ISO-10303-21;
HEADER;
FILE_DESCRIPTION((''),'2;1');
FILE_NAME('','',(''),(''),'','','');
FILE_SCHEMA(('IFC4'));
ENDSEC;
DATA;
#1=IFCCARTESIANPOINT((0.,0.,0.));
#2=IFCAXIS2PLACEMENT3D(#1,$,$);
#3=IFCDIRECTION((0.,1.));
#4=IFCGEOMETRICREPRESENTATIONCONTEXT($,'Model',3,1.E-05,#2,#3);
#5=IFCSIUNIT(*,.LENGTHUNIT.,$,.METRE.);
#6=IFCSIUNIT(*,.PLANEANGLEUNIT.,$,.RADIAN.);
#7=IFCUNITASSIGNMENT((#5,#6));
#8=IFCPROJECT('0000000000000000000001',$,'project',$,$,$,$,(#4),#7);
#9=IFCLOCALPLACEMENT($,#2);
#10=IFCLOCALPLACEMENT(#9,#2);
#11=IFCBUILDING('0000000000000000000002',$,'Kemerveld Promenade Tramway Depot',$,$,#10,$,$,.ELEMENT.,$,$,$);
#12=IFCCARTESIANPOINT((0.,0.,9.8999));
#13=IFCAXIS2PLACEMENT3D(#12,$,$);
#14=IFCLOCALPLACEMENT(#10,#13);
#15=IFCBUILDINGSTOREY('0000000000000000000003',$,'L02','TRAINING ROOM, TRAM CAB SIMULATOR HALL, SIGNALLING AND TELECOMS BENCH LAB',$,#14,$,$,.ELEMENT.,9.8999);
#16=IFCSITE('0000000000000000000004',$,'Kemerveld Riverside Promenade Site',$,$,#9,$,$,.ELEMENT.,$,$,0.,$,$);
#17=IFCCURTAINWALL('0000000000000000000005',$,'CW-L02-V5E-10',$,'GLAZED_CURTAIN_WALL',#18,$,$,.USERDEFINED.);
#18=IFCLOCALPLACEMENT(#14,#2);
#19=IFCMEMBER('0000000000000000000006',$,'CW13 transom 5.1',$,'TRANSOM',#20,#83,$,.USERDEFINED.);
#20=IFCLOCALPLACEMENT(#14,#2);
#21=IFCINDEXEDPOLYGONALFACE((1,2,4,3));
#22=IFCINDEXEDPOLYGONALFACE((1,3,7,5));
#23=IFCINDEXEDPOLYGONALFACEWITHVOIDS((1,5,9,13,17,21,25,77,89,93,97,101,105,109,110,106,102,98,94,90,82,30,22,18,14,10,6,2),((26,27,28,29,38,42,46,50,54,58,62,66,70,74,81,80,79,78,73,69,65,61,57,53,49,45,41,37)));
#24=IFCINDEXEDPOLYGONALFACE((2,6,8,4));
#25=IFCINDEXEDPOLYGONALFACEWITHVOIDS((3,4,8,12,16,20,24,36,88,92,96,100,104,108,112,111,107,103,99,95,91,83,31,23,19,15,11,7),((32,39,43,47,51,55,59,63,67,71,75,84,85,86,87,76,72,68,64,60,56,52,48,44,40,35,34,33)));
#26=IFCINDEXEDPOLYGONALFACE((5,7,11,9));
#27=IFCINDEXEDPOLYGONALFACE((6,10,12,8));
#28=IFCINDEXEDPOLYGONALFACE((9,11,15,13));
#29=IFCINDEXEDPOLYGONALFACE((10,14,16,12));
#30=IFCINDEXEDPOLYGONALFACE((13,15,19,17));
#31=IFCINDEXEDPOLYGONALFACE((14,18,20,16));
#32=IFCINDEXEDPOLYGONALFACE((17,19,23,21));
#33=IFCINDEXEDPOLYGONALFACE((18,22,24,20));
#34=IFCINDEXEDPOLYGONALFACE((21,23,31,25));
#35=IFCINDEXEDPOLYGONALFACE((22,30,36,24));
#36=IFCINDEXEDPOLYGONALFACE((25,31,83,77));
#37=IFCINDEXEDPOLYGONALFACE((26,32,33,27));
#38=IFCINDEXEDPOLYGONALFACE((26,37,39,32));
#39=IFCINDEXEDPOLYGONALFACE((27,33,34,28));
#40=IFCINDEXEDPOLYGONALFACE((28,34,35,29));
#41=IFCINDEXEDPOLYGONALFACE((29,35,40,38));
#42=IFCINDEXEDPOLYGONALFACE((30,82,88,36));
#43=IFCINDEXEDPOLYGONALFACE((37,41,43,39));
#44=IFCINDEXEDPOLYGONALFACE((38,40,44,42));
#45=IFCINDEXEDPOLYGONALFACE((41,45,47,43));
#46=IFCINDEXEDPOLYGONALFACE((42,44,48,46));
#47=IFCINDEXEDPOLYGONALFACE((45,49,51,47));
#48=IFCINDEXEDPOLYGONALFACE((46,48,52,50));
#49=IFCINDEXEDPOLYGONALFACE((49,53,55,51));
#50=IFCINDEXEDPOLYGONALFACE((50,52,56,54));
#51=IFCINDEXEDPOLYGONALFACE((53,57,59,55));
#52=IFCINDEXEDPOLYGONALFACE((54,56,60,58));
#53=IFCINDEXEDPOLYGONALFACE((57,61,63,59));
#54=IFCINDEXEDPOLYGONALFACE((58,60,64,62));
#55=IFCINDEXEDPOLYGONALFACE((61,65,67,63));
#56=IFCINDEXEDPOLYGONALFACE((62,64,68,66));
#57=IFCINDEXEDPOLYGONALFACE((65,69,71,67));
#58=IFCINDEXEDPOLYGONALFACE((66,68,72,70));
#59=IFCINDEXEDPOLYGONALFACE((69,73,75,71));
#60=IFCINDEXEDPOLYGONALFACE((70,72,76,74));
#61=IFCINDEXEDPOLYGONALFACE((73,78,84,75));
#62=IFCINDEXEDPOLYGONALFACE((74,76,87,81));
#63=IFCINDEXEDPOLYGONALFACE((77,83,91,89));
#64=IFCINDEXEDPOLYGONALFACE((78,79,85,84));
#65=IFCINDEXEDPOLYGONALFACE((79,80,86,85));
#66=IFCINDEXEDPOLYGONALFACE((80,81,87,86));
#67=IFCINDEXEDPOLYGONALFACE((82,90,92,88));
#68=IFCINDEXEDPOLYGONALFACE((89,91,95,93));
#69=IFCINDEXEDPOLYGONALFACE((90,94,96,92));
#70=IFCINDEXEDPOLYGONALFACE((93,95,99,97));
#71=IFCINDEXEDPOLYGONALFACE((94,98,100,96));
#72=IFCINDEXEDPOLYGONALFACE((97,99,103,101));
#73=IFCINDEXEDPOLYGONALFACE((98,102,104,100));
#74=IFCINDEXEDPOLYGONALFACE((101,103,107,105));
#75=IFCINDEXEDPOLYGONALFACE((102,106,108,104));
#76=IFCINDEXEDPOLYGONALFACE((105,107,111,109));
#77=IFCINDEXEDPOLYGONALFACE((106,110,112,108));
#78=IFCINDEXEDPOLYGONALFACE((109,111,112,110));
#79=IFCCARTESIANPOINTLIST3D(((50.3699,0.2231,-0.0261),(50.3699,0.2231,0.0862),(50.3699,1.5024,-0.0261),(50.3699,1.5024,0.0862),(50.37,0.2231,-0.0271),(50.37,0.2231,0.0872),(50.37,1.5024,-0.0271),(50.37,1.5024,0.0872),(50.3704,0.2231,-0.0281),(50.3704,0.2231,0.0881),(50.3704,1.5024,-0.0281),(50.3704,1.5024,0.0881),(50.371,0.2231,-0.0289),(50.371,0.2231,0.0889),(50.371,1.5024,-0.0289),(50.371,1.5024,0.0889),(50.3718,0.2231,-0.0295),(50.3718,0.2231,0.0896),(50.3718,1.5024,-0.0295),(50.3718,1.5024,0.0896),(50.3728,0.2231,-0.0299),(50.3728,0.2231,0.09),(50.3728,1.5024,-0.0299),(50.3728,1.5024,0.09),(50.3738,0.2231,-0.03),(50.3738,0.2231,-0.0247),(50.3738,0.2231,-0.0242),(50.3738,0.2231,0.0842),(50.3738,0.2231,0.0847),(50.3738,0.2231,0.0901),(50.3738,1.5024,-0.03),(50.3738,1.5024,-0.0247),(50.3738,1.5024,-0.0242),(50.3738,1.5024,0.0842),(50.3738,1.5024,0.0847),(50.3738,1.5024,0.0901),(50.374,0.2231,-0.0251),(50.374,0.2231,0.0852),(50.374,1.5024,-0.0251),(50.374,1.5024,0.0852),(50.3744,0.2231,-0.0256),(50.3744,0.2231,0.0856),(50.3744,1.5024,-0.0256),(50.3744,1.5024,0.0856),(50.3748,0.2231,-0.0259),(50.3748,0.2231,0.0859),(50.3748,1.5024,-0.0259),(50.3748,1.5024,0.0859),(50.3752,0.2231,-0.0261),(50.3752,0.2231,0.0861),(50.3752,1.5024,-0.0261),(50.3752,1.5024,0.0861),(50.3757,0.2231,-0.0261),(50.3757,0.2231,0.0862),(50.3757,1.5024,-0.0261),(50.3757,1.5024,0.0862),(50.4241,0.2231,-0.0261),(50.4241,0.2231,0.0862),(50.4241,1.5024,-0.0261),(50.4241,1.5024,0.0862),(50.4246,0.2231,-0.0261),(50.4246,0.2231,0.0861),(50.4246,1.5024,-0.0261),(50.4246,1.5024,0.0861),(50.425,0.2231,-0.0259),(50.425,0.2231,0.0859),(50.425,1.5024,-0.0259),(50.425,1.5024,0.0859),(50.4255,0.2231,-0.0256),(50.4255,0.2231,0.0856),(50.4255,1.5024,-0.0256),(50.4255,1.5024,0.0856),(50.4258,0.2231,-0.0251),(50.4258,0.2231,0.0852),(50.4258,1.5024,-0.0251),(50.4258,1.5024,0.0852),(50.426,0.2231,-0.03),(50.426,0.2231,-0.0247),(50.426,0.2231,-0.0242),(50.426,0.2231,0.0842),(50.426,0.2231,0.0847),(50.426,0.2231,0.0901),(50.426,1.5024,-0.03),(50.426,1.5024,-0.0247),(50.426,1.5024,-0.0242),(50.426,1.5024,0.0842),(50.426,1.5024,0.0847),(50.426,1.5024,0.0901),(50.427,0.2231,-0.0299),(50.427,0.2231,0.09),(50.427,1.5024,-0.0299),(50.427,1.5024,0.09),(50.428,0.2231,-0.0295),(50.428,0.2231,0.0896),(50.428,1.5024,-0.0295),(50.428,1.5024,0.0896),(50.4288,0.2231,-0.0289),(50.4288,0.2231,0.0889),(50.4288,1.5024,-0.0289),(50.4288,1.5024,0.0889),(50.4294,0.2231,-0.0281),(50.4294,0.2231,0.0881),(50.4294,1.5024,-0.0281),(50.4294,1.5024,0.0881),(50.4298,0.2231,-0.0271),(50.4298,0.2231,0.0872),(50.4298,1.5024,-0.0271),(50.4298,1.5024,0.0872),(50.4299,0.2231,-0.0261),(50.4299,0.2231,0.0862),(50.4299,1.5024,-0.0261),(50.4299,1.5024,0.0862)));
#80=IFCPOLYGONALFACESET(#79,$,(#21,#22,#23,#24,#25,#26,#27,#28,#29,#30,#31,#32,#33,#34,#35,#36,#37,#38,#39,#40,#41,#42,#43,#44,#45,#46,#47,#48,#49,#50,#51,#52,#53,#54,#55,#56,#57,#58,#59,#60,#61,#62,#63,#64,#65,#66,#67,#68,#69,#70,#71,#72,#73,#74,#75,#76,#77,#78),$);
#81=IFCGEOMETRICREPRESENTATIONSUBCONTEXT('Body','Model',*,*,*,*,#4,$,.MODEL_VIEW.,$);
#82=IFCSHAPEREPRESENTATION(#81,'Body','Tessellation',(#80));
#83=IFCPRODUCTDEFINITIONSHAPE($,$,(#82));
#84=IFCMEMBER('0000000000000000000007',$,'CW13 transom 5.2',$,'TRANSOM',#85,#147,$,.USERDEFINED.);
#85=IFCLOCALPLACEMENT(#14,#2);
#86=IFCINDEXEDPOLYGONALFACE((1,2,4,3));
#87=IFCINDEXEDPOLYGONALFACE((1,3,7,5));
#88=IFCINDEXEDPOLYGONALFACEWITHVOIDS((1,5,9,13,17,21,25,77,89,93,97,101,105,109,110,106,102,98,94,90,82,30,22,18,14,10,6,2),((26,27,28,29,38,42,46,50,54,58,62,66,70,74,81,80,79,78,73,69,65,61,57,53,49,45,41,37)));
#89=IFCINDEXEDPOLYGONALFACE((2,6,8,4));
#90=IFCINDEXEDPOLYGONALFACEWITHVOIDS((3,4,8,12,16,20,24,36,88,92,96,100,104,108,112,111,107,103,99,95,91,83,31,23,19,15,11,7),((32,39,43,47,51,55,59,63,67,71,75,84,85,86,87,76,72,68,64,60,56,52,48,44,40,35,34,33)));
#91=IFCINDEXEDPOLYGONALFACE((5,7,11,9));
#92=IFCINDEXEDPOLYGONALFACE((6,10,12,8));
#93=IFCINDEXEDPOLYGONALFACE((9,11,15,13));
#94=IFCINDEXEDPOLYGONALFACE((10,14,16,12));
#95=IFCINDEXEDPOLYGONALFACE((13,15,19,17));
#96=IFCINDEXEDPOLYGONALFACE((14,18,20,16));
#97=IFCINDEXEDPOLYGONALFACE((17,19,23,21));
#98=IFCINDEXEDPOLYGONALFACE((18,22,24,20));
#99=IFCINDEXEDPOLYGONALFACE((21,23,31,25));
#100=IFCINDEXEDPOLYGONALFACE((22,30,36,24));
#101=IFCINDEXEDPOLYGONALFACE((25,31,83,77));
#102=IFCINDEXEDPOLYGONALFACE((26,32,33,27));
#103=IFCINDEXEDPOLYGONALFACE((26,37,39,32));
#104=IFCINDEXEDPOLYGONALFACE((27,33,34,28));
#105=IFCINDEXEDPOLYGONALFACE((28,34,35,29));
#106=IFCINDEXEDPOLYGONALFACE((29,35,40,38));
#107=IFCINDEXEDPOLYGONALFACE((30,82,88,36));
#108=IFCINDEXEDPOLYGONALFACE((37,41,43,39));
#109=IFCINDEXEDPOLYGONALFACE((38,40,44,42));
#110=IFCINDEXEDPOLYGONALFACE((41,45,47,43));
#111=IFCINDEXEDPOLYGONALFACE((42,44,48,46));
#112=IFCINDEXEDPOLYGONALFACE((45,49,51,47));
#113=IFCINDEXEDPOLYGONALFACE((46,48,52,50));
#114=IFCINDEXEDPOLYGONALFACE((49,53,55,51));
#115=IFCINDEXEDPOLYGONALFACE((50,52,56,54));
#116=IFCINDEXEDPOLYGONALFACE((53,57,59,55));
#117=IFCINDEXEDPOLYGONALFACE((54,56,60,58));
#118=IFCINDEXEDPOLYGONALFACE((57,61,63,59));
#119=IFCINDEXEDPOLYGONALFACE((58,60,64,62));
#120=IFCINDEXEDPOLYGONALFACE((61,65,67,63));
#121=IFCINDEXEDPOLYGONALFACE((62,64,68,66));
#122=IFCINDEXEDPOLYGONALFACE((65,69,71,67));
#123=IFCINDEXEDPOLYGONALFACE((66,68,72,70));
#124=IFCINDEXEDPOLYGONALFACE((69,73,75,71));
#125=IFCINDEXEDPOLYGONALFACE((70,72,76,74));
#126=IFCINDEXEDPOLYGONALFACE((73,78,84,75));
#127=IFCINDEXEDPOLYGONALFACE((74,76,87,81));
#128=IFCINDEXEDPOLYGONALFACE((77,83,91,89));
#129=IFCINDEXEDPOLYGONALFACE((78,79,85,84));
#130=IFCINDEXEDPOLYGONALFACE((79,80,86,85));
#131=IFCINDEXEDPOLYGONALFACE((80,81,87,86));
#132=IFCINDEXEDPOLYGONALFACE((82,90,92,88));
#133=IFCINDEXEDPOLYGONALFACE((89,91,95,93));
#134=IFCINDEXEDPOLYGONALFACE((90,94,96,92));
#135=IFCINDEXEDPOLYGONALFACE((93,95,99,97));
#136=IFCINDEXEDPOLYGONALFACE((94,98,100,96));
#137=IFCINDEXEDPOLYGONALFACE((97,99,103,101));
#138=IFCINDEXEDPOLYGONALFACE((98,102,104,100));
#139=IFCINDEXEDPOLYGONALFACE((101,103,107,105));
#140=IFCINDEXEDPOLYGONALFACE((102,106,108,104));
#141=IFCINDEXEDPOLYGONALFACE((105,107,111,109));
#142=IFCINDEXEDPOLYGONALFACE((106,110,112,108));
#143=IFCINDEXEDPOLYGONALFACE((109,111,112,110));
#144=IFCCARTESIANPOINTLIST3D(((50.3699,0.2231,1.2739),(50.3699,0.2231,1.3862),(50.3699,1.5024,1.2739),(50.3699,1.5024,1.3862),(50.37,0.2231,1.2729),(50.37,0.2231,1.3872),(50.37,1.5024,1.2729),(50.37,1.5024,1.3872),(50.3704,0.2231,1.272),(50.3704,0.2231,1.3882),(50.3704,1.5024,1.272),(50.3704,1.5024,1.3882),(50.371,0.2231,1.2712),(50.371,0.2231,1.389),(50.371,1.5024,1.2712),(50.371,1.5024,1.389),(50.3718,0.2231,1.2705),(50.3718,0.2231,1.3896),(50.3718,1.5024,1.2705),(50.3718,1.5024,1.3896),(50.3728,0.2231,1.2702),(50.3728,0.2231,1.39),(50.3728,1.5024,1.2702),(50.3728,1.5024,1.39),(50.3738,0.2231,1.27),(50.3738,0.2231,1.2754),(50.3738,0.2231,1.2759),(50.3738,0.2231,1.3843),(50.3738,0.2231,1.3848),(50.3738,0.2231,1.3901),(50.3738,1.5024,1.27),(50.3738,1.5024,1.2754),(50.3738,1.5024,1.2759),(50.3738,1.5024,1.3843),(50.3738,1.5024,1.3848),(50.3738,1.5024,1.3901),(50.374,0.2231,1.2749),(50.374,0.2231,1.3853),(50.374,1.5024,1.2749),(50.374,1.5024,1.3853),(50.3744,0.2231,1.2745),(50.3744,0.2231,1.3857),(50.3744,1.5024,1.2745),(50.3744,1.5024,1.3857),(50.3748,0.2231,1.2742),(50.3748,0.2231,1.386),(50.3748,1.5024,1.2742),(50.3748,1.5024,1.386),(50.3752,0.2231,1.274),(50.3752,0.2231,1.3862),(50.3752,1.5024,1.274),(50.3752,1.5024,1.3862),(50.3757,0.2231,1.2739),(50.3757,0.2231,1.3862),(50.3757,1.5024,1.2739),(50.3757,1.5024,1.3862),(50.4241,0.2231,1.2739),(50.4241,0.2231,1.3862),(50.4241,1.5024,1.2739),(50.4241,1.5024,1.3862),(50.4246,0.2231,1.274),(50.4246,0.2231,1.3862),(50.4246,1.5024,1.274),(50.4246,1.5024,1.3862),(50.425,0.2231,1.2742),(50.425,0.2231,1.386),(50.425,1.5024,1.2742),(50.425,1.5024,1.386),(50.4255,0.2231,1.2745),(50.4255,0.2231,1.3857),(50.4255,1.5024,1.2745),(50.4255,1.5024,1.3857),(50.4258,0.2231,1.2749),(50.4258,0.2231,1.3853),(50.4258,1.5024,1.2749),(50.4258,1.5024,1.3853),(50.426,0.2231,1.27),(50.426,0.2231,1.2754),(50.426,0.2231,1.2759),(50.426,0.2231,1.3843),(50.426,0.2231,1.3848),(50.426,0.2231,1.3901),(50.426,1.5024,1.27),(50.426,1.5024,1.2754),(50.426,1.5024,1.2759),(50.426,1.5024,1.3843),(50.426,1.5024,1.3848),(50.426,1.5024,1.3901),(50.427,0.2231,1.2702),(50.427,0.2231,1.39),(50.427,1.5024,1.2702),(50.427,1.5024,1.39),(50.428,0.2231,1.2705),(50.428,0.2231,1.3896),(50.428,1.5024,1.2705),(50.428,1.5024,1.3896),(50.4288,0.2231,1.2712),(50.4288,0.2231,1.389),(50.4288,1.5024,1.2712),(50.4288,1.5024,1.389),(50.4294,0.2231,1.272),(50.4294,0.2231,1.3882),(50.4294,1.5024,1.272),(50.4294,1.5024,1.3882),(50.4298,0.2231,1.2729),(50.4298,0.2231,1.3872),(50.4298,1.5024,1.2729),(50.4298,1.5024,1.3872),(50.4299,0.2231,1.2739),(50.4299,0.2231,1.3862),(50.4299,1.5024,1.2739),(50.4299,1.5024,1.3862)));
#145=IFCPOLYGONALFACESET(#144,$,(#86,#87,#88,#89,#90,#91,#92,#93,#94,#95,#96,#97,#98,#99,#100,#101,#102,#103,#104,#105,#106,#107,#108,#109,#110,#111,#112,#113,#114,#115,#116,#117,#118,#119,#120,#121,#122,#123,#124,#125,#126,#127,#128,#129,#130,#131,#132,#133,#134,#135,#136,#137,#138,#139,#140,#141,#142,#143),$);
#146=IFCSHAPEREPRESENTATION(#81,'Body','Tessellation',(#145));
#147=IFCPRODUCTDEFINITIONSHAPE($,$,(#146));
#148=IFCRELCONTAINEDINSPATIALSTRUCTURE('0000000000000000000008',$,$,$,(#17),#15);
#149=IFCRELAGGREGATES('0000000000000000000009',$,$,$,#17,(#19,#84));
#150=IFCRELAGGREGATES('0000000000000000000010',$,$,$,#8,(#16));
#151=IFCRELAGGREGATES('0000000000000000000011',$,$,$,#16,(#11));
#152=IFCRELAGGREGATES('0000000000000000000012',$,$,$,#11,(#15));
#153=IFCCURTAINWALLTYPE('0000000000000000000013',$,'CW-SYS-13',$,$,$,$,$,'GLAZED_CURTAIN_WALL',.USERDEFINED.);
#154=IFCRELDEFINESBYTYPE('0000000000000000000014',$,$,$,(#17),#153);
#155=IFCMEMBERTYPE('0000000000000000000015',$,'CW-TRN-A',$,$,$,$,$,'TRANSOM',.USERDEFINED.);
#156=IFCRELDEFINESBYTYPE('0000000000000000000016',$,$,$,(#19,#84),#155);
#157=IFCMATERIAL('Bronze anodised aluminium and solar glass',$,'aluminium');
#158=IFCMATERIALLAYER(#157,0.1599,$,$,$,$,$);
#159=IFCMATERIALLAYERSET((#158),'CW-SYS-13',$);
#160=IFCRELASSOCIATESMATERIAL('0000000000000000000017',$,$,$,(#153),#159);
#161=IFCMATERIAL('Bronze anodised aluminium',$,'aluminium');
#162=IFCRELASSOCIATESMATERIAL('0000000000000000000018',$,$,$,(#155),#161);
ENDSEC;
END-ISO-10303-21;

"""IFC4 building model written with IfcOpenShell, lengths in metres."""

from ifc_helpers import new_model, si_unit, direction, frame, origin, origin_2d, place, context, subcontext, project, spatial, hollow_rectangle, extrude, material, layer, layer_set, material_profile, profile_set, type_object, element, aggregate, save


model = new_model("IFC4")

# Units and contexts
model_context = context("Model", 3, precision=1e-05, world=origin(), true_north=direction((0.0, 1.0)))
body_context = subcontext(model_context, "Body", "Model", "MODEL_VIEW")
ifc_project = project(units=[si_unit("LENGTHUNIT", "METRE"), si_unit("PLANEANGLEUNIT", "RADIAN")], contexts=[model_context])

# Site, building, storey
site_placement = place(None, origin())
site = spatial("IfcSite", under=ifc_project, at=site_placement, Name="Kemerveld Riverside Promenade Site", CompositionType="ELEMENT", RefElevation=0.0)
building_placement = place(site_placement, origin())
building = spatial("IfcBuilding", under=site, at=building_placement, Name="Kemerveld Promenade Tramway Depot", CompositionType="ELEMENT")
storey_placement = place(building_placement, frame((0.0, 0.0, 9.8999)))
storey = spatial("IfcBuildingStorey", under=building, at=storey_placement, Name="L02", Description="TRAINING ROOM, TRAM CAB SIMULATOR HALL, SIGNALLING AND TELECOMS BENCH LAB", CompositionType="ELEMENT", Elevation=9.8999)

# Curtain wall, members
ifc_material_1 = material(Name="Bronze anodised aluminium and solar glass", Category="aluminium")
ifc_layer_1 = layer(ifc_material_1, 0.1599)
ifc_layer_set_1 = layer_set([ifc_layer_1], Name="CW-SYS-13")
curtain_wall_type = type_object("IfcCurtainWallType", Name="CW-SYS-13", ElementType="GLAZED_CURTAIN_WALL", PredefinedType="USERDEFINED", material=ifc_layer_set_1)
curtain_wall_placement = place(storey_placement, origin())
curtain_wall = element("IfcCurtainWall", 1, at=curtain_wall_placement, inside=storey, type_object=curtain_wall_type, Name="CW-L02-V5E-10", ObjectType="GLAZED_CURTAIN_WALL", PredefinedType="USERDEFINED")
ifc_material_2 = material(Name="Bronze anodised aluminium", Category="aluminium")
ifc_material_profile_1 = material_profile(ifc_material_2, hollow_rectangle(XDim=0.0601, YDim=0.1201, WallThickness=0.0039, InnerFilletRadius=0.002, OuterFilletRadius=0.0039, at=origin_2d()), Name="CW-TRN-120x60")
ifc_profile_set_1 = profile_set([ifc_material_profile_1], Name="Bronze anodised aluminium")
member_type_1 = type_object("IfcMemberType", Name="CW-TRN-A", ElementType="TRANSOM", PredefinedType="USERDEFINED", material=ifc_profile_set_1)
member_1_placement = place(storey_placement, frame((50.3999, 1.5024, 0.03), z_axis=(0.0, -1.0, 0.0), x_axis=(1.0, 0.0, 0.0)))
member_1 = element("IfcMember", 2, at=member_1_placement, type_object=member_type_1, Name="CW13 transom 5.1", ObjectType="TRANSOM", PredefinedType="USERDEFINED", context=body_context, shape_type="SweptSolid", body=[
    extrude(hollow_rectangle(XDim=0.0601, YDim=0.1201, WallThickness=0.0039, InnerFilletRadius=0.002, OuterFilletRadius=0.0039, at=origin_2d()), origin(), (0.0, 0.0, 1.0), 1.2793),
])
member_2_placement = place(storey_placement, frame((50.3999, 1.5024, 1.3301), z_axis=(0.0, -1.0, 0.0), x_axis=(1.0, 0.0, 0.0)))
member_2 = element("IfcMember", 3, at=member_2_placement, type_object=member_type_1, Name="CW13 transom 5.2", ObjectType="TRANSOM", PredefinedType="USERDEFINED", context=body_context, shape_type="SweptSolid", body=[
    extrude(hollow_rectangle(XDim=0.0601, YDim=0.1201, WallThickness=0.0039, InnerFilletRadius=0.002, OuterFilletRadius=0.0039, at=origin_2d()), origin(), (0.0, 0.0, 1.0), 1.2793),
])
aggregate(curtain_wall, [member_1, member_2])

save(model, "model.ifc")
